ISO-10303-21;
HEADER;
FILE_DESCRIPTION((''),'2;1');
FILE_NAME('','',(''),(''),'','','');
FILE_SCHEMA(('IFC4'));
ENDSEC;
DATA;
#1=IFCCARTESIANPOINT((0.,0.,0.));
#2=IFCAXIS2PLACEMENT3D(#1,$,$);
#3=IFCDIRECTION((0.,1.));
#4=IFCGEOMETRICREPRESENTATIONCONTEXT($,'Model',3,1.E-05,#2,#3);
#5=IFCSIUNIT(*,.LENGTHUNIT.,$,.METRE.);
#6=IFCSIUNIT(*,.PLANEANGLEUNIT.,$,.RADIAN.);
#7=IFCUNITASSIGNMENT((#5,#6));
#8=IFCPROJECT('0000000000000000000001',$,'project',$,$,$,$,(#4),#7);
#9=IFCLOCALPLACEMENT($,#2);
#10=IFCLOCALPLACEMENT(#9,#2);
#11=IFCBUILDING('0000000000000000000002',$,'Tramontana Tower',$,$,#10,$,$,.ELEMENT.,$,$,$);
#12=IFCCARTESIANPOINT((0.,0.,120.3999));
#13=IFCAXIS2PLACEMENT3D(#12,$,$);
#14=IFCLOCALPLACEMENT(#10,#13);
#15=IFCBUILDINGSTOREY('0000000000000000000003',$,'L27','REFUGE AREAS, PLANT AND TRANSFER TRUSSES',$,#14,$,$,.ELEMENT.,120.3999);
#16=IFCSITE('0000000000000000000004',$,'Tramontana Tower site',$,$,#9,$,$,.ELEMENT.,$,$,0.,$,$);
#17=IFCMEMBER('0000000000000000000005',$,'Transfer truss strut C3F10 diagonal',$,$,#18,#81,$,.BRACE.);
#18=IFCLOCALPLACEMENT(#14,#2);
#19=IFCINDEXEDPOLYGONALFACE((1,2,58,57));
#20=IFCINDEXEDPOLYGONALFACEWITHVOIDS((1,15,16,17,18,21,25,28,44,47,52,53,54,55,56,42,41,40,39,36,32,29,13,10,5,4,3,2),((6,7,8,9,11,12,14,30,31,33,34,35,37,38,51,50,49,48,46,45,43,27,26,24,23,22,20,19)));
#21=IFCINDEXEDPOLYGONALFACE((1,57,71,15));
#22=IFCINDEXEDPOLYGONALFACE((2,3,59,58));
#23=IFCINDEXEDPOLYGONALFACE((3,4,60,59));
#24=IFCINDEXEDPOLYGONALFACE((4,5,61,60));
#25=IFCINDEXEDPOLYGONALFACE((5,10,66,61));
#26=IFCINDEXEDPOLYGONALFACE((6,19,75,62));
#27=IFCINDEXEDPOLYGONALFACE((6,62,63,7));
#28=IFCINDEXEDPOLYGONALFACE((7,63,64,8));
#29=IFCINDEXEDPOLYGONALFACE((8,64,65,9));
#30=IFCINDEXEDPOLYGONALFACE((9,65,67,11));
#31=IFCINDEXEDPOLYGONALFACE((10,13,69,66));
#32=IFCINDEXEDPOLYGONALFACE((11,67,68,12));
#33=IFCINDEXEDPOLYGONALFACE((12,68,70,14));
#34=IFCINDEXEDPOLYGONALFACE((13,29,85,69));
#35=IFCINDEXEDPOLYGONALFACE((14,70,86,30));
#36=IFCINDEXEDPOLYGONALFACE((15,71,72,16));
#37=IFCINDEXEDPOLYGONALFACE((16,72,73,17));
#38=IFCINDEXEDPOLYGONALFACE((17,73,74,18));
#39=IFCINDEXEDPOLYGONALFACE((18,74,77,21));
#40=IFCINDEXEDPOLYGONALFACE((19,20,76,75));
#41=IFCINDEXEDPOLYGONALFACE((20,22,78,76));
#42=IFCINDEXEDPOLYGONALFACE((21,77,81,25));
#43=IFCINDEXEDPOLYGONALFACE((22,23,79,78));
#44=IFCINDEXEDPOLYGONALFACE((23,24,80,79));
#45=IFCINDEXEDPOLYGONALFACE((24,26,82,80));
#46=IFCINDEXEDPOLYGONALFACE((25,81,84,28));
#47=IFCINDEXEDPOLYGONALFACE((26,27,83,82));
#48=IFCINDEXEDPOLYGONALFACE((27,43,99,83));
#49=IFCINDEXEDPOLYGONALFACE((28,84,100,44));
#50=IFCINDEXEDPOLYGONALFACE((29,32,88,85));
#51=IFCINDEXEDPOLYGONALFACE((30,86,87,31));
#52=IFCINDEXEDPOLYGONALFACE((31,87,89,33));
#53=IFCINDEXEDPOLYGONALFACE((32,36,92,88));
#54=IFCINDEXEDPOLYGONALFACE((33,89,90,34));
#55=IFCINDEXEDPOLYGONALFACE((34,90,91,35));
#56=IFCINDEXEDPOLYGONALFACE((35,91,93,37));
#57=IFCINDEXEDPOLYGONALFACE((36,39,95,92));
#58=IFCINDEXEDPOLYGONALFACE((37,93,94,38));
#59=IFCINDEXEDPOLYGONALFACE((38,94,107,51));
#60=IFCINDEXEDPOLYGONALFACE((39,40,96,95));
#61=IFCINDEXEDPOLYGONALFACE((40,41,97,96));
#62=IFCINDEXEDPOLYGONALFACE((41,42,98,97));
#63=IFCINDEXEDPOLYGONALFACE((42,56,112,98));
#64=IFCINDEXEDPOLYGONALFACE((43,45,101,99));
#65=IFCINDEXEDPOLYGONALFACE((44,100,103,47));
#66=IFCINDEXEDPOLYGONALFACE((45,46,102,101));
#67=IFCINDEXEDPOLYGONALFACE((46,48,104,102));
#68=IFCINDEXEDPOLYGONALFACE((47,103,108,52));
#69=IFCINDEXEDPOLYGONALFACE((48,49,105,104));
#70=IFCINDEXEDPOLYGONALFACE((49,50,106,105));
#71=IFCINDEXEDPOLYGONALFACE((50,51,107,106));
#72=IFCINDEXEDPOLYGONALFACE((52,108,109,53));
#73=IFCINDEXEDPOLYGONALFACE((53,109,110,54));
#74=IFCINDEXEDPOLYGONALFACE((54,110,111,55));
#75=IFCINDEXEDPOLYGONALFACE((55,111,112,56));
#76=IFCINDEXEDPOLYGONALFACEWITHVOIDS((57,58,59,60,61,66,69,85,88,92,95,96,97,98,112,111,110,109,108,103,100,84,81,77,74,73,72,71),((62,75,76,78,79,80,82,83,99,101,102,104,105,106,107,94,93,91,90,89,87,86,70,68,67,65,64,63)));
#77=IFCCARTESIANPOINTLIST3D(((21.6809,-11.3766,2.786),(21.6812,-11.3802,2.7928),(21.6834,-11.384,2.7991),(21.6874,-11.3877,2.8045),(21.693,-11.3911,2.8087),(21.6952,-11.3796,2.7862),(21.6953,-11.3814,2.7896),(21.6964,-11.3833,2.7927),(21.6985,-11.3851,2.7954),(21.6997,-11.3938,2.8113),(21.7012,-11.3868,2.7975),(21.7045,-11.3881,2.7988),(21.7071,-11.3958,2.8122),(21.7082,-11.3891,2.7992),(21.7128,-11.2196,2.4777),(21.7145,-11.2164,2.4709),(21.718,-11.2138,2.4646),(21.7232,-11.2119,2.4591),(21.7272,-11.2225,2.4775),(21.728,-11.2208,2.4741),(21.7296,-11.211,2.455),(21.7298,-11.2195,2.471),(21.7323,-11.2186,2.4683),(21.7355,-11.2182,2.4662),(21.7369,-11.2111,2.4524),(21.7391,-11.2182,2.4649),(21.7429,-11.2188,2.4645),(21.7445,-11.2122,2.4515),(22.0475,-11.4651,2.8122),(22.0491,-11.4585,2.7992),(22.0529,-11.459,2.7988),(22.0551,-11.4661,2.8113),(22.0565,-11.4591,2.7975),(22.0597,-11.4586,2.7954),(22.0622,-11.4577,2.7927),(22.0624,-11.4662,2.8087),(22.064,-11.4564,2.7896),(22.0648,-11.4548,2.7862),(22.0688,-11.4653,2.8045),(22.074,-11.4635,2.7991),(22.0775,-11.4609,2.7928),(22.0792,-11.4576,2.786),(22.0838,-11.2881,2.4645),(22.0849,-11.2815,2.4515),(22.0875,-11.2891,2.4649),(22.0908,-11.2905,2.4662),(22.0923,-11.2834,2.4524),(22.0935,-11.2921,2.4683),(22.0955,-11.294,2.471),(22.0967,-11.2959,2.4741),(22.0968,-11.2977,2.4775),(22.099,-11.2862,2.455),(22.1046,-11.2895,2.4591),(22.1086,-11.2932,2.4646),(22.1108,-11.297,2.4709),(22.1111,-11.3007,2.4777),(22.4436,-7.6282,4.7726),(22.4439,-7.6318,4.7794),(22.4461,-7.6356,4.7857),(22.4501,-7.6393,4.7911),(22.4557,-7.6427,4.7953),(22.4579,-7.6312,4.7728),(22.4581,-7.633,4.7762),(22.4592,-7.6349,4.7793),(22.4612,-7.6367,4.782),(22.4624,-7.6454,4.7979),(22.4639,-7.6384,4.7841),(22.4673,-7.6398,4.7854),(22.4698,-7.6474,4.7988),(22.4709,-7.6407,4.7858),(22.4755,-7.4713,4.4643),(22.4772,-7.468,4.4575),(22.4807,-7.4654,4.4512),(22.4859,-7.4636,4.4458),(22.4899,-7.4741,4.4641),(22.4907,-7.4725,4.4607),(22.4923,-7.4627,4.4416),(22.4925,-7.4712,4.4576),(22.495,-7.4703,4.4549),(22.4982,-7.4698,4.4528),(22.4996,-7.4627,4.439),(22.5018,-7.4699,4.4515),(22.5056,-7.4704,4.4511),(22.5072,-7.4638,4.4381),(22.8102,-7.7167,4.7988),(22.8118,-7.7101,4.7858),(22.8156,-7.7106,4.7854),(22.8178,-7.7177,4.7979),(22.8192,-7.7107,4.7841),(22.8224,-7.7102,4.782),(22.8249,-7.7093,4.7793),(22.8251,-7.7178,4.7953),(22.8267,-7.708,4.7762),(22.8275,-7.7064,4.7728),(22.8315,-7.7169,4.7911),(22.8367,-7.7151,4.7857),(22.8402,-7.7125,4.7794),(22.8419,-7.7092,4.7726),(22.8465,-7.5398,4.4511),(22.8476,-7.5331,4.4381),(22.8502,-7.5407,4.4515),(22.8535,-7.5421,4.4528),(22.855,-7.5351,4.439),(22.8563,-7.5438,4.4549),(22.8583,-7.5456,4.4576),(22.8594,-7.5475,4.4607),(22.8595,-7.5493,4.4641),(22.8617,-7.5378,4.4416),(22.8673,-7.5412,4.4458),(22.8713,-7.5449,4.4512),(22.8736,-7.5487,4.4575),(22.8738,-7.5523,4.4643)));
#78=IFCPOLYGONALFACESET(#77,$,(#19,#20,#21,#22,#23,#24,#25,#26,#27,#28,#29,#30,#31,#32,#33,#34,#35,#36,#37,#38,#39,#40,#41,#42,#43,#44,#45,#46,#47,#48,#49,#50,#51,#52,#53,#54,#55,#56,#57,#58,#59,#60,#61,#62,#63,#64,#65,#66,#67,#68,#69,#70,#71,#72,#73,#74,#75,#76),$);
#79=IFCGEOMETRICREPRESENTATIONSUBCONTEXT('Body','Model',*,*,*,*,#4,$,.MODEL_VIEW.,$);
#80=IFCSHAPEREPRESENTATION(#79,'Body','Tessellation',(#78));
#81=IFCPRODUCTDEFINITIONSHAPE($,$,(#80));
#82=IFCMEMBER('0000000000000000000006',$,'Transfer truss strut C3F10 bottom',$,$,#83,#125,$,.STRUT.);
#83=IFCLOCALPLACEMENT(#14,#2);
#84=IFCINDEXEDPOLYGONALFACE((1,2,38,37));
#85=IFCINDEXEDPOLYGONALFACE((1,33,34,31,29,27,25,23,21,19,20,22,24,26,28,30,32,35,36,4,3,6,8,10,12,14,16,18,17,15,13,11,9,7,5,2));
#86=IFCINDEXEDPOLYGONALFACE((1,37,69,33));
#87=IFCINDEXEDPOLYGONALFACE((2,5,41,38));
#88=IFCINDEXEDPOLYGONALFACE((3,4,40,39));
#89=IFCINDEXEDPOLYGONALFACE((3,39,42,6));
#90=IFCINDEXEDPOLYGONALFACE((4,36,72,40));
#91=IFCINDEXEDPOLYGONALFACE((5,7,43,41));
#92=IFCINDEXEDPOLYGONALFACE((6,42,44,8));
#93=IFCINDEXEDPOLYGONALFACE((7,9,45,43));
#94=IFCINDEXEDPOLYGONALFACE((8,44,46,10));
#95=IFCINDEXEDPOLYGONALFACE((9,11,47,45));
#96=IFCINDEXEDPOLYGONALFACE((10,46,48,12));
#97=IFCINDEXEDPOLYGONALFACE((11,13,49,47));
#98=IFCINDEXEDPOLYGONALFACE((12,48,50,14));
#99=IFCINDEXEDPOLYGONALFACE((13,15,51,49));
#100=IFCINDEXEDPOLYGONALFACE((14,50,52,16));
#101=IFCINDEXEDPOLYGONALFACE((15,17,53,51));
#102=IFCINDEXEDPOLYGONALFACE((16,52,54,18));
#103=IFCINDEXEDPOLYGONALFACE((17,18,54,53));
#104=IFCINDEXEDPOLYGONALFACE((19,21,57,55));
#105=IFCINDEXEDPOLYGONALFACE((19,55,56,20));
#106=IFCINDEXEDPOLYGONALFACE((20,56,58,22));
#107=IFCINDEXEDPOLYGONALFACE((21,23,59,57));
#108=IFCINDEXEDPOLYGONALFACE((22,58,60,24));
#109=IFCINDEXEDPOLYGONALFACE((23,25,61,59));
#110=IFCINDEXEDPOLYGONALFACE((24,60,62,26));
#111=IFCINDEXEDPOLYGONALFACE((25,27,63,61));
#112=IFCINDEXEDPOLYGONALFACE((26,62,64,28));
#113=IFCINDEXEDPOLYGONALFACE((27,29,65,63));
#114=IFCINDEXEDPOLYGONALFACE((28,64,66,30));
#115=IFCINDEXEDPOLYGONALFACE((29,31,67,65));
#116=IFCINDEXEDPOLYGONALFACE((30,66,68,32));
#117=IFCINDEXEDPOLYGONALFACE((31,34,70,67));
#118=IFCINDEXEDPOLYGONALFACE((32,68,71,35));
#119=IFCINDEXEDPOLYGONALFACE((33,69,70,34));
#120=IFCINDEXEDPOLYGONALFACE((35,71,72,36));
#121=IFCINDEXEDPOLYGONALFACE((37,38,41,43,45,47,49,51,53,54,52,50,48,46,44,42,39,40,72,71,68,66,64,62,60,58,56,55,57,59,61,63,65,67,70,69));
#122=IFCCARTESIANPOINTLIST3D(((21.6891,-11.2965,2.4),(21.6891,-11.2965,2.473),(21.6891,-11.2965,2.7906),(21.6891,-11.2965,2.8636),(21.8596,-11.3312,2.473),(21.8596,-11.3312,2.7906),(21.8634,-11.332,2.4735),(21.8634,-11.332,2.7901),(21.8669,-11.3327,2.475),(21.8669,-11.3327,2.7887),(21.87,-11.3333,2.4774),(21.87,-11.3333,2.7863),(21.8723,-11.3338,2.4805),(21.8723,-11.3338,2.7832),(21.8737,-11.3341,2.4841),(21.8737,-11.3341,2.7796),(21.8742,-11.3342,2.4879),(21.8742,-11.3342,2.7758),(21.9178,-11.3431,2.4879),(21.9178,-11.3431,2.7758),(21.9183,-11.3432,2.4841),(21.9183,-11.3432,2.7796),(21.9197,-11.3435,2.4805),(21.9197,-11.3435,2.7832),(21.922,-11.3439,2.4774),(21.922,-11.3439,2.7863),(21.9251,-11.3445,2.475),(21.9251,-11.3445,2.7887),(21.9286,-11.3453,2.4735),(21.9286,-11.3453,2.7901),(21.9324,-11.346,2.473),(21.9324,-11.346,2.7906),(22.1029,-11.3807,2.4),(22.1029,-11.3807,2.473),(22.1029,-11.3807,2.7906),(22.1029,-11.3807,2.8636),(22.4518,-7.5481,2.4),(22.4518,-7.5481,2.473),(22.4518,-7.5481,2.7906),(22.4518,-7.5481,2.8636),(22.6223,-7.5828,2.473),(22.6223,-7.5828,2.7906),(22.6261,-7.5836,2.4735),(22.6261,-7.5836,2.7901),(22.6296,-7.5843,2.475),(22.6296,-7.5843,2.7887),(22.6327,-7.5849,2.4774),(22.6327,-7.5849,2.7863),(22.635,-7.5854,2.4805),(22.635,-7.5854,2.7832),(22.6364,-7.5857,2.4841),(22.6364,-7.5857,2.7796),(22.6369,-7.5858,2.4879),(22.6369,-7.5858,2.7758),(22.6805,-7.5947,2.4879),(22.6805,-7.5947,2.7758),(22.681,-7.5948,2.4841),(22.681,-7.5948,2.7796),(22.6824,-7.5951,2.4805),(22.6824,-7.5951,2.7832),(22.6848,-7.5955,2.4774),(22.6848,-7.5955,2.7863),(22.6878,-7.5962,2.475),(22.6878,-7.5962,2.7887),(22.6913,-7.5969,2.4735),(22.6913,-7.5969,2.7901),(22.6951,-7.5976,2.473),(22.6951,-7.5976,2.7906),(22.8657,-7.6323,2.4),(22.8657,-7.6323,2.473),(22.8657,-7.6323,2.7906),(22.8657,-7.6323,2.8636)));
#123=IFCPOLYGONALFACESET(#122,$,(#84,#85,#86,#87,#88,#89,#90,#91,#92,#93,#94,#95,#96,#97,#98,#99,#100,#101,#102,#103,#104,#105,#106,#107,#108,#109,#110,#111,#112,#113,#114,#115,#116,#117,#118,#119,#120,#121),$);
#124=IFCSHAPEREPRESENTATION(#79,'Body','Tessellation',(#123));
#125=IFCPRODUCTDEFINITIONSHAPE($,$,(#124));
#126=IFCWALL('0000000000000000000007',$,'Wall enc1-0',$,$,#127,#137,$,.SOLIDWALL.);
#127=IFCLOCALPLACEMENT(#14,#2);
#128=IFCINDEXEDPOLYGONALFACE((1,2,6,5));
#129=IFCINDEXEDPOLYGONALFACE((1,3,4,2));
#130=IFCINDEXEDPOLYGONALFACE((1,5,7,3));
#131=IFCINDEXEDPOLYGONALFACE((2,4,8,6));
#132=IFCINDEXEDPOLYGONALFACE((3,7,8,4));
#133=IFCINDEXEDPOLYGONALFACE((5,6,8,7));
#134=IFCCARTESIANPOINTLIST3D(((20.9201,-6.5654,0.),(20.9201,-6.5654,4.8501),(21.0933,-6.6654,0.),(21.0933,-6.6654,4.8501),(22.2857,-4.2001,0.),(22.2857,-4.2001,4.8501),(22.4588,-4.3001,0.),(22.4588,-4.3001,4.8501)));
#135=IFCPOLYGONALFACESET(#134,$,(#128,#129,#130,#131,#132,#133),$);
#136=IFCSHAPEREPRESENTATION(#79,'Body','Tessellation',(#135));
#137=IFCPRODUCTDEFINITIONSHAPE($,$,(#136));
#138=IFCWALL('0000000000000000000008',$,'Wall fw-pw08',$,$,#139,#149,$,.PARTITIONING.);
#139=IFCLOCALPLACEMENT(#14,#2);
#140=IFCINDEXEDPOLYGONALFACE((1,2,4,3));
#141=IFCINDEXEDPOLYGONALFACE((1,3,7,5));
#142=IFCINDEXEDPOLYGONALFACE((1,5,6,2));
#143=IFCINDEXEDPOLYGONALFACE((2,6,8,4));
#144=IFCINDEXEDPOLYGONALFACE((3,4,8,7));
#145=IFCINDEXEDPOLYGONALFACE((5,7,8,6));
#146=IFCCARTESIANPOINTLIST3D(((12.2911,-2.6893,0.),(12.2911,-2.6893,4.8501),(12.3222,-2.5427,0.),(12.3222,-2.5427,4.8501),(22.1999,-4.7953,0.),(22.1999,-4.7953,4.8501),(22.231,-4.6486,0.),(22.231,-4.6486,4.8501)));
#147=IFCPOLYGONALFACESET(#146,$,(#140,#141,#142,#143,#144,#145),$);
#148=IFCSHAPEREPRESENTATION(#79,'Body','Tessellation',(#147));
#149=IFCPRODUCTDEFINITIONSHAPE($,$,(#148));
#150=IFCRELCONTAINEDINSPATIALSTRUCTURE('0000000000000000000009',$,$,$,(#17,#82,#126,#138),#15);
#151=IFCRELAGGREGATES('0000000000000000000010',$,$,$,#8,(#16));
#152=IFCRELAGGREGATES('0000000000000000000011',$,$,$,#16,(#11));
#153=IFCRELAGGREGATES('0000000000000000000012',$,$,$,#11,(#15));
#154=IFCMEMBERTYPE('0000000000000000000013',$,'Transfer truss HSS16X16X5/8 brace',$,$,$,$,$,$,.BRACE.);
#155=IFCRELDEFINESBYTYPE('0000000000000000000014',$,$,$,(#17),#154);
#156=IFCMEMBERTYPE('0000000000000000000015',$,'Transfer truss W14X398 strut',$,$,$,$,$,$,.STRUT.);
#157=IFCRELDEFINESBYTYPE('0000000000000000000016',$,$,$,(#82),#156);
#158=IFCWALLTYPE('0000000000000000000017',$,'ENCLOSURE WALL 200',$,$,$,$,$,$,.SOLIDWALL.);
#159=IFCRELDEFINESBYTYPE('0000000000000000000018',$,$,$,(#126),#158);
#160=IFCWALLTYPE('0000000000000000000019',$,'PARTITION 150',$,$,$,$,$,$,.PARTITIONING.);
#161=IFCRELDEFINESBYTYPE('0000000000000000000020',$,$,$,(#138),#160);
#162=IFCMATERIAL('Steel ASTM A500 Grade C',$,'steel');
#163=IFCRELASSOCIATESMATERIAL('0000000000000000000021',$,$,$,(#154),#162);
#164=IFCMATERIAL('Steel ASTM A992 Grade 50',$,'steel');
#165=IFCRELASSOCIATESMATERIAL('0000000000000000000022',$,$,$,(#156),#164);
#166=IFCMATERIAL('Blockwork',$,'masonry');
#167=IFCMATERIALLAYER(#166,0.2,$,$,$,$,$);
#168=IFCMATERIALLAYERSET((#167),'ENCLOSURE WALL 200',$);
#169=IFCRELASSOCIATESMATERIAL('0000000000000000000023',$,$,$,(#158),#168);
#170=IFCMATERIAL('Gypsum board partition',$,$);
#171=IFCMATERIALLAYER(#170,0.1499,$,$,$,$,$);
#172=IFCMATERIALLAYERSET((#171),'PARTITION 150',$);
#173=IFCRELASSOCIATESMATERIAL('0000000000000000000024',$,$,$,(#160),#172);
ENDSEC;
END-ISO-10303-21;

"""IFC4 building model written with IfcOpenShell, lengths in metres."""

from ifc_helpers import new_model, si_unit, direction, frame, frame_2d, origin, origin_2d, place, context, subcontext, project, spatial, rectangle, hollow_rectangle, i_section, extrude, material, layer, layer_set, material_profile, profile_set, type_object, element, save


model = new_model("IFC4")

# Units and contexts
model_context = context("Model", 3, precision=1e-05, world=origin(), true_north=direction((0.0, 1.0)))
body_context = subcontext(model_context, "Body", "Model", "MODEL_VIEW")
ifc_project = project(units=[si_unit("LENGTHUNIT", "METRE"), si_unit("PLANEANGLEUNIT", "RADIAN")], contexts=[model_context])

# Site, building, storey
site_placement = place(None, origin())
site = spatial("IfcSite", under=ifc_project, at=site_placement, Name="Tramontana Tower site", CompositionType="ELEMENT", RefElevation=0.0)
building_placement = place(site_placement, origin())
building = spatial("IfcBuilding", under=site, at=building_placement, Name="Tramontana Tower", CompositionType="ELEMENT")
storey_placement = place(building_placement, frame((0.0, 0.0, 120.3999)))
storey = spatial("IfcBuildingStorey", under=building, at=storey_placement, Name="L27", Description="REFUGE AREAS, PLANT AND TRANSFER TRUSSES", CompositionType="ELEMENT", Elevation=120.3999)

# Members
ifc_material_1 = material(Name="Steel ASTM A500 Grade C", Category="steel")
ifc_material_profile_1 = material_profile(ifc_material_1, hollow_rectangle(XDim=0.4065, YDim=0.4065, WallThickness=0.0146, InnerFilletRadius=0.0146, OuterFilletRadius=0.0295, at=origin_2d()), Name="HSS16X16X5/8")
ifc_profile_set_1 = profile_set([ifc_material_profile_1], Name="Steel ASTM A500 Grade C")
member_type_1 = type_object("IfcMemberType", Name="Transfer truss HSS16X16X5/8 brace", PredefinedType="BRACE", material=ifc_profile_set_1)
member_1_placement = place(storey_placement, frame((21.896, -11.3386, 2.6318), z_axis=(0.176951, 0.869632, 0.4609), x_axis=(-0.97992, 0.199392, 0.0)))
element("IfcMember", 1, at=member_1_placement, inside=storey, type_object=member_type_1, Name="Transfer truss strut C3F10 diagonal", PredefinedType="BRACE", context=body_context, shape_type="SweptSolid", body=[
    extrude(hollow_rectangle(XDim=0.4065, YDim=0.4065, WallThickness=0.0146, InnerFilletRadius=0.0146, OuterFilletRadius=0.0295, at=origin_2d()), origin(), (0.0, 0.0, 1.0), 4.3103),
])
ifc_material_2 = material(Name="Steel ASTM A992 Grade 50", Category="steel")
ifc_material_profile_2 = material_profile(ifc_material_2, i_section(OverallWidth=0.4224, OverallDepth=0.4636, WebThickness=0.0444, FlangeThickness=0.073, FilletRadius=0.0149, at=origin_2d()), Name="W14X398")
ifc_profile_set_2 = profile_set([ifc_material_profile_2], Name="Steel ASTM A992 Grade 50")
member_type_2 = type_object("IfcMemberType", Name="Transfer truss W14X398 strut", PredefinedType="STRUT", material=ifc_profile_set_2)
member_2_placement = place(storey_placement, frame((21.896, -11.3386, 2.6318), z_axis=(0.199392, 0.97992, 0.0), x_axis=(-0.97992, 0.199392, 0.0)))
element("IfcMember", 2, at=member_2_placement, inside=storey, type_object=member_type_2, Name="Transfer truss strut C3F10 bottom", PredefinedType="STRUT", context=body_context, shape_type="SweptSolid", body=[
    extrude(i_section(OverallWidth=0.4224, OverallDepth=0.4636, WebThickness=0.0444, FlangeThickness=0.073, FilletRadius=0.0149, at=origin_2d()), origin(), (0.0, 0.0, 1.0), 3.8252),
])

# Walls
ifc_material_3 = material(Name="Blockwork", Category="masonry")
ifc_layer_1 = layer(ifc_material_3, 0.2)
ifc_layer_set_1 = layer_set([ifc_layer_1], Name="ENCLOSURE WALL 200")
wall_type_1 = type_object("IfcWallType", Name="ENCLOSURE WALL 200", PredefinedType="SOLIDWALL", material=ifc_layer_set_1)
wall_1_placement = place(storey_placement, frame((22.3723, -4.25, 0.0), z_axis=(0.0, 0.0, 1.0), x_axis=(-0.499975, -0.86604, 0.0)))
element("IfcWall", 3, at=wall_1_placement, inside=storey, type_object=wall_type_1, Name="Wall enc1-0", PredefinedType="SOLIDWALL", context=body_context, shape_type="SweptSolid", body=[
    extrude(rectangle(XDim=2.7312, YDim=0.2, at=frame_2d((1.3657, 0.0))), origin(), (0.0, 0.0, 1.0), 4.8501),
])
ifc_material_4 = material(Name="Gypsum board partition")
ifc_layer_2 = layer(ifc_material_4, 0.1499)
ifc_layer_set_2 = layer_set([ifc_layer_2], Name="PARTITION 150")
wall_type_2 = type_object("IfcWallType", Name="PARTITION 150", PredefinedType="PARTITIONING", material=ifc_layer_set_2)
wall_2_placement = place(storey_placement, frame((22.2153, -4.7219, 0.0), z_axis=(0.0, 0.0, 1.0), x_axis=(-0.978152, 0.207893, 0.0)))
element("IfcWall", 4, at=wall_2_placement, inside=storey, type_object=wall_type_2, Name="Wall fw-pw08", PredefinedType="PARTITIONING", context=body_context, shape_type="SweptSolid", body=[
    extrude(rectangle(XDim=10.1301, YDim=0.1499, at=frame_2d((5.0649, 0.0))), origin(), (0.0, 0.0, 1.0), 4.8501),
])

save(model, "model.ifc")
